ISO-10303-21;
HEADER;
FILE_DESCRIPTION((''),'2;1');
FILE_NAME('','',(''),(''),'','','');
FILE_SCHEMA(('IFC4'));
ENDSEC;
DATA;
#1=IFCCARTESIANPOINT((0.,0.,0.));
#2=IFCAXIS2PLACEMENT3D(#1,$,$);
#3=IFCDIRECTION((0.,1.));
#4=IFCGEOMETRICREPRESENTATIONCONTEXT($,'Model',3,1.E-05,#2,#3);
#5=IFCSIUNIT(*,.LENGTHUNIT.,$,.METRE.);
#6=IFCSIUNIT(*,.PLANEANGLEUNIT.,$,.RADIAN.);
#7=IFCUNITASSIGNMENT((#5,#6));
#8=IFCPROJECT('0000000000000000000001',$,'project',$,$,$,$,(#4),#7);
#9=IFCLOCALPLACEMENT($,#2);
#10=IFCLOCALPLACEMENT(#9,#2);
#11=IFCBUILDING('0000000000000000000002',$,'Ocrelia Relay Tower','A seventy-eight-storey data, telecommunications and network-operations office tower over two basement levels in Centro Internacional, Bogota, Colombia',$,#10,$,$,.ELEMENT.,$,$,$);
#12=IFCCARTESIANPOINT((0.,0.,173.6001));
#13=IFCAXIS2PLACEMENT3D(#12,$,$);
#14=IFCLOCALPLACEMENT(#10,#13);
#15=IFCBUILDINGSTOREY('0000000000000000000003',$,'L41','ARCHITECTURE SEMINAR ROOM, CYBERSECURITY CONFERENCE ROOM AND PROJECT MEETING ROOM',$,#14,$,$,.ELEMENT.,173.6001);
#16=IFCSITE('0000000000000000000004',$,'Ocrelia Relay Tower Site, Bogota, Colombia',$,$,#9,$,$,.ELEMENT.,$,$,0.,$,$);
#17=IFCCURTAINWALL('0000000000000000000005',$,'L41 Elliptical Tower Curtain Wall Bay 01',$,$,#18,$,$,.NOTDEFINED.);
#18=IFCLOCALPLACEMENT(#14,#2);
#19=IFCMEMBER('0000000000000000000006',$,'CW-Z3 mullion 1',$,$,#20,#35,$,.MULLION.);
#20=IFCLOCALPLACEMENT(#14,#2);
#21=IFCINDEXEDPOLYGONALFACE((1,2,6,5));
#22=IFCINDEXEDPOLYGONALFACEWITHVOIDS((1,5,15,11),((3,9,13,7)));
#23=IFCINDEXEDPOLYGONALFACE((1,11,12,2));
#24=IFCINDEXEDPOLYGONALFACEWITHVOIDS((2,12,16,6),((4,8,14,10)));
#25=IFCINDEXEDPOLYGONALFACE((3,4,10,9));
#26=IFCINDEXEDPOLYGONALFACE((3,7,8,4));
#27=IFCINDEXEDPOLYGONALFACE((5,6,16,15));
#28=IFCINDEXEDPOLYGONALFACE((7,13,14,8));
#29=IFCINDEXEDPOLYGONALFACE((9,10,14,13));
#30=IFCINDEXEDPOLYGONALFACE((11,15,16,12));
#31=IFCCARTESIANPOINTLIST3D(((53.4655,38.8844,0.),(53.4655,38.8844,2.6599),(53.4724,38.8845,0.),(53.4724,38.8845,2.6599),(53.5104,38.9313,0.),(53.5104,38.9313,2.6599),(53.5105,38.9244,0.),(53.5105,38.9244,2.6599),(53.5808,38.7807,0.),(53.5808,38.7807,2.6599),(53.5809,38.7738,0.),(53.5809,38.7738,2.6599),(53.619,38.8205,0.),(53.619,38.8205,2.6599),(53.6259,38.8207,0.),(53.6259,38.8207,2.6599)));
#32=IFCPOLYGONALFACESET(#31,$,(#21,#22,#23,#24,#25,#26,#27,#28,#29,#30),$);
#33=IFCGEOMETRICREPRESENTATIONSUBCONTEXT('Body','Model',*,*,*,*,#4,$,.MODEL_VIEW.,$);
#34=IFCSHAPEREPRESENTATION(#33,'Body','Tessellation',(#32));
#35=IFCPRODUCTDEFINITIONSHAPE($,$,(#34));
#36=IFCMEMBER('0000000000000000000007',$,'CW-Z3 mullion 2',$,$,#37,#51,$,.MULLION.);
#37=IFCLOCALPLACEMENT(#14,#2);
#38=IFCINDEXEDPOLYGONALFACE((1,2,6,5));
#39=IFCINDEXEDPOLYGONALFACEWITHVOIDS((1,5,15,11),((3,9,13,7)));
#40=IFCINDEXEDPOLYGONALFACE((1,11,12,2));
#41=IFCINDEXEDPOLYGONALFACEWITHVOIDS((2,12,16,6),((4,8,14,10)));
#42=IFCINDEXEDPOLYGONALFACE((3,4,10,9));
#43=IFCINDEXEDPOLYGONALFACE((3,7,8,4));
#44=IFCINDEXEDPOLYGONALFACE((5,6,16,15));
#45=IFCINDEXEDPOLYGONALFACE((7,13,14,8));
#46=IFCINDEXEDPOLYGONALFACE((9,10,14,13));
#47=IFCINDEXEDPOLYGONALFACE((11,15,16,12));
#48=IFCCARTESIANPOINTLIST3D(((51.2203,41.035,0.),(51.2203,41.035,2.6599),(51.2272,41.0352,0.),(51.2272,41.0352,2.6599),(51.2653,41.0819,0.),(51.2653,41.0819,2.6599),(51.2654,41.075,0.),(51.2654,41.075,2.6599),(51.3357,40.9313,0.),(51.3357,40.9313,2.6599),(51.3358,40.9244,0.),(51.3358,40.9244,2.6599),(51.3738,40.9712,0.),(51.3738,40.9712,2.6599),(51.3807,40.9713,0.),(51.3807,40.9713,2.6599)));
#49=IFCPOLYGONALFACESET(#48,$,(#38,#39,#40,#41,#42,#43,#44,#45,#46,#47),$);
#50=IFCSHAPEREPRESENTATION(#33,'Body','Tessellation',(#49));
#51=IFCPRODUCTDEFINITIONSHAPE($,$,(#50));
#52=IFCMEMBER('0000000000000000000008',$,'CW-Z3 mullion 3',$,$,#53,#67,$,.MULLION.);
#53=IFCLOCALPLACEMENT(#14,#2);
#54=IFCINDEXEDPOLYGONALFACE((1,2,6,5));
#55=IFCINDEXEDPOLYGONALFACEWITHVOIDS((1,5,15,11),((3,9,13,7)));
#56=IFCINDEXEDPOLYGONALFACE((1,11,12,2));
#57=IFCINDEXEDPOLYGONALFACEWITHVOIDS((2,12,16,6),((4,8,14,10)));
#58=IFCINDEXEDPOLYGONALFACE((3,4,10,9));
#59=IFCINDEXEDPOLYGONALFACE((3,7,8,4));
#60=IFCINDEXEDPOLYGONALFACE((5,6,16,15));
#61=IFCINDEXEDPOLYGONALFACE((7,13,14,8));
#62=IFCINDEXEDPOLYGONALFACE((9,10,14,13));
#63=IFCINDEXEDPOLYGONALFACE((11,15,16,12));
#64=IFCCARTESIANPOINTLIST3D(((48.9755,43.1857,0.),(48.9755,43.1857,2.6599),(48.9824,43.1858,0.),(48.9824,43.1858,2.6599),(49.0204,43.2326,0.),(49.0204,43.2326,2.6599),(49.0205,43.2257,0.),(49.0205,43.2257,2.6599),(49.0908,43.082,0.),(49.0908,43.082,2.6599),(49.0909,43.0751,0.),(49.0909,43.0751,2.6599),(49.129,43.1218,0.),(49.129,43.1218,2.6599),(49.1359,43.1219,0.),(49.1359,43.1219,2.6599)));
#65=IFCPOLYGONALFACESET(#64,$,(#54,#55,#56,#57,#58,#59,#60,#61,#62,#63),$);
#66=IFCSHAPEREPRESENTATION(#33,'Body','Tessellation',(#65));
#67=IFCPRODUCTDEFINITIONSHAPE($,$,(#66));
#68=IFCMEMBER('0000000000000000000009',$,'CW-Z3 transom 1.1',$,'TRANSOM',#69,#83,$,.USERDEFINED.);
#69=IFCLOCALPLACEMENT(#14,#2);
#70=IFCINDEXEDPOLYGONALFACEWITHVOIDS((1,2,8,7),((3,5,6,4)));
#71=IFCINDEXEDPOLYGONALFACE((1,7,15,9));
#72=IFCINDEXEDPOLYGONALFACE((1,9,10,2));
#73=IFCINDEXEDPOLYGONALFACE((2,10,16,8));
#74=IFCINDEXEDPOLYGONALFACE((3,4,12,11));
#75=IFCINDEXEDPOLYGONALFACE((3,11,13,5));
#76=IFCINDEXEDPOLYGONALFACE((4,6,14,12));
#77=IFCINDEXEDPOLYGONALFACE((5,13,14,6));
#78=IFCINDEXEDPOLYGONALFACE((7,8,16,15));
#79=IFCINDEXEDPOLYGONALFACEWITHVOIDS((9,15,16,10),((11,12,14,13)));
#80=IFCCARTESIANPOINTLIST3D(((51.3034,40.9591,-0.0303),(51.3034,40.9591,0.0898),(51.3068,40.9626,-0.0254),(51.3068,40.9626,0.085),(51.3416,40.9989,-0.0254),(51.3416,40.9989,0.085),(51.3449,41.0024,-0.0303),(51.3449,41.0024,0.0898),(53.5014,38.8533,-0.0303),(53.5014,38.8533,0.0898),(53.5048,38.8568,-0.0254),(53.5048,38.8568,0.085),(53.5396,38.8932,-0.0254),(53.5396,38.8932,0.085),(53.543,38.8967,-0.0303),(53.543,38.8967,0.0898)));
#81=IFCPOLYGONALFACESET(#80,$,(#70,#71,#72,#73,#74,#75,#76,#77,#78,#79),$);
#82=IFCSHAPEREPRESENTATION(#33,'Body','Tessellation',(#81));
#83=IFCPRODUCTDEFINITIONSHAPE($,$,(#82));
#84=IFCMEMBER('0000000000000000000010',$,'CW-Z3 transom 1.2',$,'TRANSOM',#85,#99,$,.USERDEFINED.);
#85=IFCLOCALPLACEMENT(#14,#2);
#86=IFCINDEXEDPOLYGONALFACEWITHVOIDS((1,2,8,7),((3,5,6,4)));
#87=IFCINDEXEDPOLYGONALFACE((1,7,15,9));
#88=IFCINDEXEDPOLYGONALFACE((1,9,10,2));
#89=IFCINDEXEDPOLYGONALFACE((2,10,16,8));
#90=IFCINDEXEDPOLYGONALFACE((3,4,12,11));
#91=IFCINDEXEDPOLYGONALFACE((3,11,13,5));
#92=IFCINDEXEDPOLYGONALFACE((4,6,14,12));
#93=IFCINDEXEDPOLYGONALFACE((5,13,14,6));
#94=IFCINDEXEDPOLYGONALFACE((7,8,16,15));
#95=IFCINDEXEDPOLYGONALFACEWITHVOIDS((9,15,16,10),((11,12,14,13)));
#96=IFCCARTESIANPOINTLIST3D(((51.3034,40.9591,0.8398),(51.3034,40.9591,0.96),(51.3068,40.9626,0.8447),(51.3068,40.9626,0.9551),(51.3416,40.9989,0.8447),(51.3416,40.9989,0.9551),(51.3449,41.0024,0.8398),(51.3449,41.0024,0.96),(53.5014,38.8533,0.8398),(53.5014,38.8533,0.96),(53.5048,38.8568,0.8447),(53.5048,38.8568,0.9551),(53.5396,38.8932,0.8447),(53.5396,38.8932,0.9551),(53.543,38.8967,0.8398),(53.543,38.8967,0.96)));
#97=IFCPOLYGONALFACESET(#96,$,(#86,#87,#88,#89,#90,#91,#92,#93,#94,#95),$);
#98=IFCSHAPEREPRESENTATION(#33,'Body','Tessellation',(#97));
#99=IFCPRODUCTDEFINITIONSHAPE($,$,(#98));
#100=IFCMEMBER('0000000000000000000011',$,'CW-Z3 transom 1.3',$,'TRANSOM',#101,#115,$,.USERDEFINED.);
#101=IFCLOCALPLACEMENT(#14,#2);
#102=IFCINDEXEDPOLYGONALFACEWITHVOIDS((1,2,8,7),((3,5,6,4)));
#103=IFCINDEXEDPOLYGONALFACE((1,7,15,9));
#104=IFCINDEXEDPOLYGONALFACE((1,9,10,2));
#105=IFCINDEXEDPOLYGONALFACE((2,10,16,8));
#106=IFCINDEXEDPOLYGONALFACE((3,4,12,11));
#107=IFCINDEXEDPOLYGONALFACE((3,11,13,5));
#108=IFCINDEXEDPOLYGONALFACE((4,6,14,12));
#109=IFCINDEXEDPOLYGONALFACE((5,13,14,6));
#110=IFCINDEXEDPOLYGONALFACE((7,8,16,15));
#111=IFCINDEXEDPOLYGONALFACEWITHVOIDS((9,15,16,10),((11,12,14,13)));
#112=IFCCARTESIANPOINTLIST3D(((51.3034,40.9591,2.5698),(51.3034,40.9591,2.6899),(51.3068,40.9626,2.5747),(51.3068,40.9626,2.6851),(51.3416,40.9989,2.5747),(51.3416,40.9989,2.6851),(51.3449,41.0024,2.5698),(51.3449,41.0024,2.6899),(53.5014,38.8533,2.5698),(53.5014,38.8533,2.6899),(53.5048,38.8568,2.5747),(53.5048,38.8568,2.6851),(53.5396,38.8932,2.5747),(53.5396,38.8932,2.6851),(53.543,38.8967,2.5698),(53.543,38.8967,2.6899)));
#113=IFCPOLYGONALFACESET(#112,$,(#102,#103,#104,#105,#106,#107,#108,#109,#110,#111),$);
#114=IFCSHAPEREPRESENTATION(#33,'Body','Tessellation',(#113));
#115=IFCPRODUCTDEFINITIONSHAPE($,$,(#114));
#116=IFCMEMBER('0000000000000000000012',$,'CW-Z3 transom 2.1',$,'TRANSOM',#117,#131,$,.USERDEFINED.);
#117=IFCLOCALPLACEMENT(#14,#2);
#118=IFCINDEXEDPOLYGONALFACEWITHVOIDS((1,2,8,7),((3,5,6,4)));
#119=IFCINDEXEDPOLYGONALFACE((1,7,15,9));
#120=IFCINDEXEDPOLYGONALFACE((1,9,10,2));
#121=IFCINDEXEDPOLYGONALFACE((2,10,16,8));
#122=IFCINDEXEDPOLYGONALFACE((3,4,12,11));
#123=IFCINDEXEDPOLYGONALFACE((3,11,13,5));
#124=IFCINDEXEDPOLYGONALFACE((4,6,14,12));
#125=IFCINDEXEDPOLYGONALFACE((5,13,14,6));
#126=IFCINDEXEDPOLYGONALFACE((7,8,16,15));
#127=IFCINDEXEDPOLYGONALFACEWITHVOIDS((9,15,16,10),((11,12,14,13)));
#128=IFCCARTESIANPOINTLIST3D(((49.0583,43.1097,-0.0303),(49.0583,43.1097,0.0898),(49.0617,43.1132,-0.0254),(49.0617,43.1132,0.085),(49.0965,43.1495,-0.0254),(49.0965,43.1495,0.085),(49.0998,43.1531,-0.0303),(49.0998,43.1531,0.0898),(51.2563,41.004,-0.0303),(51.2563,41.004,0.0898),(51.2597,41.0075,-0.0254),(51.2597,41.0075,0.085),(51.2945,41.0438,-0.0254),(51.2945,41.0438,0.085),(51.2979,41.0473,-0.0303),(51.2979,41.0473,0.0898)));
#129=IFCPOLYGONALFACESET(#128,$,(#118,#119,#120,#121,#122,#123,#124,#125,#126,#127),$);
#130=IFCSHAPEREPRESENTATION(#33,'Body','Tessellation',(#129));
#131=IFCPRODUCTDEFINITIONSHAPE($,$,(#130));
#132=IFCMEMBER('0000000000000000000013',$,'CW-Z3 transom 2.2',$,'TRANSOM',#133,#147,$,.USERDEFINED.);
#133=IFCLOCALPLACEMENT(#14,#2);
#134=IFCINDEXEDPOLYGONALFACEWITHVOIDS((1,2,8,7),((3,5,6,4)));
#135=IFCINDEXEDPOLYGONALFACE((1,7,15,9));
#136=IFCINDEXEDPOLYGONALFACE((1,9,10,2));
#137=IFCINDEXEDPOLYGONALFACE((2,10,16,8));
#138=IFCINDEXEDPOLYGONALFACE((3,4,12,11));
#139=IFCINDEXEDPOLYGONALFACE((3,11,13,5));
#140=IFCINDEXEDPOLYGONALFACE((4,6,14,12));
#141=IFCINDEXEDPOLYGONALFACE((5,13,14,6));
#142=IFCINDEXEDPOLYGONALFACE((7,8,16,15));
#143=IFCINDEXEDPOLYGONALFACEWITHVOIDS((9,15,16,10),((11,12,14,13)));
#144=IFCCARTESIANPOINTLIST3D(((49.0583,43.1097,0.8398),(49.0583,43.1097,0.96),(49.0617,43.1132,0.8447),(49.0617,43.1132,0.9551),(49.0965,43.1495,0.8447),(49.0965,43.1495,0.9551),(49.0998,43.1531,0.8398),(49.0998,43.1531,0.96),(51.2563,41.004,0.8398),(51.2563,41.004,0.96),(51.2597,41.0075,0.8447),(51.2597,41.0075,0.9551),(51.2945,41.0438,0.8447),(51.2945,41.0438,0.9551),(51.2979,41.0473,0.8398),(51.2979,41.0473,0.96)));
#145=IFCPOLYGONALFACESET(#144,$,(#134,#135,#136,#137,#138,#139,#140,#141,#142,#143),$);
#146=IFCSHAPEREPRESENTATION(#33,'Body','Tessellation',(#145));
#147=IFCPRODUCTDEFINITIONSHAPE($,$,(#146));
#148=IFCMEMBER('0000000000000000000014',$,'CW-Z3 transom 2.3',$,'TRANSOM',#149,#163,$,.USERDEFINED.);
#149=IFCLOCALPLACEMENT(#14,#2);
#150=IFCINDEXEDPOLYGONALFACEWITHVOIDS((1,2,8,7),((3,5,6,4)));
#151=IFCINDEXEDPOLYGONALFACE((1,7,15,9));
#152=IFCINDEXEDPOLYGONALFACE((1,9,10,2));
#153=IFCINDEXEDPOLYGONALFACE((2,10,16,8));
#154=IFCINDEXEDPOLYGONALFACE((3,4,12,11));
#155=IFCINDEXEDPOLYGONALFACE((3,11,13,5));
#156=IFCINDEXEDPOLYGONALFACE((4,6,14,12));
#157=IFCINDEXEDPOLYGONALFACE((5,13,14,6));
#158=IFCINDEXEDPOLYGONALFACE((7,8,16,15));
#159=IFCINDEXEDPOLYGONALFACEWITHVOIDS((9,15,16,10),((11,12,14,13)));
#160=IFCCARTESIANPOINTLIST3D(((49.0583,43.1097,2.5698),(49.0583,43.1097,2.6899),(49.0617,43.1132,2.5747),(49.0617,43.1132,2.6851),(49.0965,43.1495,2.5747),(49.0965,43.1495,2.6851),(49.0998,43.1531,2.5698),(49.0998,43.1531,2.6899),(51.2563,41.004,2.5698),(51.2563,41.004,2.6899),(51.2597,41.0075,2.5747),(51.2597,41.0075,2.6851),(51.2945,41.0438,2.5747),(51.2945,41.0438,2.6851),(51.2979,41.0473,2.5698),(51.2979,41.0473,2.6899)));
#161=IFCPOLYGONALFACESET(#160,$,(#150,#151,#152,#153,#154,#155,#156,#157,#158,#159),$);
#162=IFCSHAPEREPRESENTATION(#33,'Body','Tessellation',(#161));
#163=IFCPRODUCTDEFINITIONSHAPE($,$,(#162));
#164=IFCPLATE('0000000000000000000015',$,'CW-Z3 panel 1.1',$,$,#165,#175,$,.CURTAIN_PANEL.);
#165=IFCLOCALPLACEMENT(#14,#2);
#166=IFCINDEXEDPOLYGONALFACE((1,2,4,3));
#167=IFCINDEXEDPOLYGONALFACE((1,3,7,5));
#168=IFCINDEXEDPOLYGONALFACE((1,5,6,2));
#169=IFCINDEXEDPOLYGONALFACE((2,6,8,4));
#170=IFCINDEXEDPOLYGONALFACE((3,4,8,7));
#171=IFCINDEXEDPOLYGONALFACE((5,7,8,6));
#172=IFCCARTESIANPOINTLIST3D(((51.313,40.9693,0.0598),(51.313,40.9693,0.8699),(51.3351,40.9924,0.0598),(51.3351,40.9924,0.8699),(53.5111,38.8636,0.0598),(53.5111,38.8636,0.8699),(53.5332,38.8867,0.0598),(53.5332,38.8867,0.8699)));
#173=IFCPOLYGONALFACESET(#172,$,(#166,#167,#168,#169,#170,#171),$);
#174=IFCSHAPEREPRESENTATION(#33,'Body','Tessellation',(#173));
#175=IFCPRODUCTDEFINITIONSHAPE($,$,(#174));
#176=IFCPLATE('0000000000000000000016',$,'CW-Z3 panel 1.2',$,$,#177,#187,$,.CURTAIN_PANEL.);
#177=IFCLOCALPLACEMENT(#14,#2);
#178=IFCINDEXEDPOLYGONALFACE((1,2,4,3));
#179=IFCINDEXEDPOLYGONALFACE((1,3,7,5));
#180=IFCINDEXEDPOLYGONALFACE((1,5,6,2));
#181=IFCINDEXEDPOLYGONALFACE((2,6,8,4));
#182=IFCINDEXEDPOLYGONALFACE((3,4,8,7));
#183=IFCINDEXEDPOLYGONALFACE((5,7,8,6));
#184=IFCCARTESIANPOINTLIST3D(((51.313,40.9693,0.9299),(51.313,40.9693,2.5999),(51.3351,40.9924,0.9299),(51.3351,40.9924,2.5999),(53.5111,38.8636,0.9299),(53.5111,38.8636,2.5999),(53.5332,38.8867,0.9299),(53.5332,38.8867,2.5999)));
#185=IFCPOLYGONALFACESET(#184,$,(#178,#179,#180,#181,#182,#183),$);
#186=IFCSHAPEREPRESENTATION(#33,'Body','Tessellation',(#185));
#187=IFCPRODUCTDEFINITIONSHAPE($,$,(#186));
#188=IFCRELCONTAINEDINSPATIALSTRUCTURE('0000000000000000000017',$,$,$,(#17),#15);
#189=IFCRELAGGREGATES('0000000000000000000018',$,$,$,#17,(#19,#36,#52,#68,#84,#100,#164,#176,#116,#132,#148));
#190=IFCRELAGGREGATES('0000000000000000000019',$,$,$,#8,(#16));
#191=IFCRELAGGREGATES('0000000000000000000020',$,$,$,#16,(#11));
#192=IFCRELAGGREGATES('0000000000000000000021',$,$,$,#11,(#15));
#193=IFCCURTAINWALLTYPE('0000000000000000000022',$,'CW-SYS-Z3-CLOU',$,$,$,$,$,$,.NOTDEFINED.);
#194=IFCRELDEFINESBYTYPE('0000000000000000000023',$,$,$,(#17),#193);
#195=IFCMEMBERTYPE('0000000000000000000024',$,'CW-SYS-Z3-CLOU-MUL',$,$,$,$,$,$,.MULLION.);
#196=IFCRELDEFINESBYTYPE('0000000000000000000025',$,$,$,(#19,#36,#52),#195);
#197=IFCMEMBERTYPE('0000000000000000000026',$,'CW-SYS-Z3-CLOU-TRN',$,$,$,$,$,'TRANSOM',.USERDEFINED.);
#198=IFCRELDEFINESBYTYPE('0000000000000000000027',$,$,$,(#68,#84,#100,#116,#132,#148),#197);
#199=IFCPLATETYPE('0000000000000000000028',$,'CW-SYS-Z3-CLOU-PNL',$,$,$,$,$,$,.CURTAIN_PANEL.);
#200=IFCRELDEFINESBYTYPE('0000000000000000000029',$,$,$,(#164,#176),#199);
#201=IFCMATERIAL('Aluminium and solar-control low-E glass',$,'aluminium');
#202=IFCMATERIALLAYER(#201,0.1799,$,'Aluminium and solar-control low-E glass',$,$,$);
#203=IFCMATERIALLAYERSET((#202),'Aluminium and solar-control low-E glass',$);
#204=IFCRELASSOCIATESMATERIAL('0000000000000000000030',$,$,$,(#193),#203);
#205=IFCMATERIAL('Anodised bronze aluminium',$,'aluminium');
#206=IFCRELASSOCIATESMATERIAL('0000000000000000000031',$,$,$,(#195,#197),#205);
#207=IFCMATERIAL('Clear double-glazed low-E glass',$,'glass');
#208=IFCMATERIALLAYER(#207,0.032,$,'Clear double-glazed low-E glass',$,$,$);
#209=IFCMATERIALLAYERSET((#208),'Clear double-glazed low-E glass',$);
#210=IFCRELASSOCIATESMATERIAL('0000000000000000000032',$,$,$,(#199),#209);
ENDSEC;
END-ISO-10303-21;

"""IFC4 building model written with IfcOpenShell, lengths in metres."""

from ifc_helpers import new_model, si_unit, direction, frame, origin, origin_2d, place, context, subcontext, project, spatial, rectangle, hollow_rectangle, extrude, material, layer, layer_set, material_profile, profile_set, type_object, element, aggregate, save


model = new_model("IFC4")

# Units and contexts
model_context = context("Model", 3, precision=1e-05, world=origin(), true_north=direction((0.0, 1.0)))
body_context = subcontext(model_context, "Body", "Model", "MODEL_VIEW")
ifc_project = project(units=[si_unit("LENGTHUNIT", "METRE"), si_unit("PLANEANGLEUNIT", "RADIAN")], contexts=[model_context])

# Site, building, storey
site_placement = place(None, origin())
site = spatial("IfcSite", under=ifc_project, at=site_placement, Name="Ocrelia Relay Tower Site, Bogota, Colombia", CompositionType="ELEMENT", RefElevation=0.0)
building_placement = place(site_placement, origin())
building = spatial("IfcBuilding", under=site, at=building_placement, Name="Ocrelia Relay Tower", Description="A seventy-eight-storey data, telecommunications and network-operations office tower over two basement levels in Centro Internacional, Bogota, Colombia", CompositionType="ELEMENT")
storey_placement = place(building_placement, frame((0.0, 0.0, 173.6001)))
storey = spatial("IfcBuildingStorey", under=building, at=storey_placement, Name="L41", Description="ARCHITECTURE SEMINAR ROOM, CYBERSECURITY CONFERENCE ROOM AND PROJECT MEETING ROOM", CompositionType="ELEMENT", Elevation=173.6001)

# Curtain wall, members, plates
ifc_material_1 = material(Name="Aluminium and solar-control low-E glass", Category="aluminium")
ifc_layer_1 = layer(ifc_material_1, 0.1799, Name="Aluminium and solar-control low-E glass")
ifc_layer_set_1 = layer_set([ifc_layer_1], Name="Aluminium and solar-control low-E glass")
curtain_wall_type = type_object("IfcCurtainWallType", Name="CW-SYS-Z3-CLOU", PredefinedType="NOTDEFINED", material=ifc_layer_set_1)
curtain_wall_placement = place(storey_placement, origin())
curtain_wall = element("IfcCurtainWall", 1, at=curtain_wall_placement, inside=storey, type_object=curtain_wall_type, Name="L41 Elliptical Tower Curtain Wall Bay 01", PredefinedType="NOTDEFINED")
ifc_material_2 = material(Name="Anodised bronze aluminium", Category="aluminium")
ifc_material_profile_1 = material_profile(ifc_material_2, hollow_rectangle(XDim=0.0649, YDim=0.1599, WallThickness=0.0049, at=origin_2d()), Name="CW-MUL-160x65")
ifc_profile_set_1 = profile_set([ifc_material_profile_1], Name="Anodised bronze aluminium")
member_type_1 = type_object("IfcMemberType", Name="CW-SYS-Z3-CLOU-MUL", PredefinedType="MULLION", material=ifc_profile_set_1)
member_1_placement = place(storey_placement, frame((53.5457, 38.8525, 0.0), z_axis=(0.0, 0.0, 1.0), x_axis=(-0.691759, -0.722128, 0.0)))
member_1 = element("IfcMember", 2, at=member_1_placement, type_object=member_type_1, Name="CW-Z3 mullion 1", PredefinedType="MULLION", context=body_context, shape_type="SweptSolid", body=[
    extrude(hollow_rectangle(XDim=0.0649, YDim=0.1599, WallThickness=0.0049, at=origin_2d()), origin(), (0.0, 0.0, 1.0), 2.6599),
])
member_2_placement = place(storey_placement, frame((51.3005, 41.0032, 0.0), z_axis=(0.0, 0.0, 1.0), x_axis=(-0.691759, -0.722128, 0.0)))
member_2 = element("IfcMember", 3, at=member_2_placement, type_object=member_type_1, Name="CW-Z3 mullion 2", PredefinedType="MULLION", context=body_context, shape_type="SweptSolid", body=[
    extrude(hollow_rectangle(XDim=0.0649, YDim=0.1599, WallThickness=0.0049, at=origin_2d()), origin(), (0.0, 0.0, 1.0), 2.6599),
])
member_3_placement = place(storey_placement, frame((49.0557, 43.1538, 0.0), z_axis=(0.0, 0.0, 1.0), x_axis=(-0.691759, -0.722128, 0.0)))
member_3 = element("IfcMember", 4, at=member_3_placement, type_object=member_type_1, Name="CW-Z3 mullion 3", PredefinedType="MULLION", context=body_context, shape_type="SweptSolid", body=[
    extrude(hollow_rectangle(XDim=0.0649, YDim=0.1599, WallThickness=0.0049, at=origin_2d()), origin(), (0.0, 0.0, 1.0), 2.6599),
])
ifc_material_profile_2 = material_profile(ifc_material_2, hollow_rectangle(XDim=0.0601, YDim=0.1201, WallThickness=0.0049, at=origin_2d()), Name="CW-TRN-120x60")
ifc_profile_set_2 = profile_set([ifc_material_profile_2], Name="Anodised bronze aluminium")
member_type_2 = type_object("IfcMemberType", Name="CW-SYS-Z3-CLOU-TRN", ElementType="TRANSOM", PredefinedType="USERDEFINED", material=ifc_profile_set_2)
member_4_placement = place(storey_placement, frame((53.5222, 38.875, 0.0298), z_axis=(-0.722103, 0.691785, 0.0), x_axis=(-0.691785, -0.722103, 0.0)))
member_4 = element("IfcMember", 5, at=member_4_placement, type_object=member_type_2, Name="CW-Z3 transom 1.1", ObjectType="TRANSOM", PredefinedType="USERDEFINED", context=body_context, shape_type="SweptSolid", body=[
    extrude(hollow_rectangle(XDim=0.0601, YDim=0.1201, WallThickness=0.0049, at=origin_2d()), origin(), (0.0, 0.0, 1.0), 3.0439),
])
member_5_placement = place(storey_placement, frame((53.5222, 38.875, 0.8999), z_axis=(-0.722103, 0.691785, 0.0), x_axis=(-0.691785, -0.722103, 0.0)))
member_5 = element("IfcMember", 6, at=member_5_placement, type_object=member_type_2, Name="CW-Z3 transom 1.2", ObjectType="TRANSOM", PredefinedType="USERDEFINED", context=body_context, shape_type="SweptSolid", body=[
    extrude(hollow_rectangle(XDim=0.0601, YDim=0.1201, WallThickness=0.0049, at=origin_2d()), origin(), (0.0, 0.0, 1.0), 3.0439),
])
member_6_placement = place(storey_placement, frame((53.5222, 38.875, 2.6299), z_axis=(-0.722103, 0.691785, 0.0), x_axis=(-0.691785, -0.722103, 0.0)))
member_6 = element("IfcMember", 7, at=member_6_placement, type_object=member_type_2, Name="CW-Z3 transom 1.3", ObjectType="TRANSOM", PredefinedType="USERDEFINED", context=body_context, shape_type="SweptSolid", body=[
    extrude(hollow_rectangle(XDim=0.0601, YDim=0.1201, WallThickness=0.0049, at=origin_2d()), origin(), (0.0, 0.0, 1.0), 3.0439),
])
member_7_placement = place(storey_placement, frame((51.2771, 41.0256, 0.0298), z_axis=(-0.722103, 0.691785, 0.0), x_axis=(-0.691785, -0.722103, 0.0)))
member_7 = element("IfcMember", 8, at=member_7_placement, type_object=member_type_2, Name="CW-Z3 transom 2.1", ObjectType="TRANSOM", PredefinedType="USERDEFINED", context=body_context, shape_type="SweptSolid", body=[
    extrude(hollow_rectangle(XDim=0.0601, YDim=0.1201, WallThickness=0.0049, at=origin_2d()), origin(), (0.0, 0.0, 1.0), 3.0439),
])
member_8_placement = place(storey_placement, frame((51.2771, 41.0256, 0.8999), z_axis=(-0.722103, 0.691785, 0.0), x_axis=(-0.691785, -0.722103, 0.0)))
member_8 = element("IfcMember", 9, at=member_8_placement, type_object=member_type_2, Name="CW-Z3 transom 2.2", ObjectType="TRANSOM", PredefinedType="USERDEFINED", context=body_context, shape_type="SweptSolid", body=[
    extrude(hollow_rectangle(XDim=0.0601, YDim=0.1201, WallThickness=0.0049, at=origin_2d()), origin(), (0.0, 0.0, 1.0), 3.0439),
])
member_9_placement = place(storey_placement, frame((51.2771, 41.0256, 2.6299), z_axis=(-0.722103, 0.691785, 0.0), x_axis=(-0.691785, -0.722103, 0.0)))
member_9 = element("IfcMember", 10, at=member_9_placement, type_object=member_type_2, Name="CW-Z3 transom 2.3", ObjectType="TRANSOM", PredefinedType="USERDEFINED", context=body_context, shape_type="SweptSolid", body=[
    extrude(hollow_rectangle(XDim=0.0601, YDim=0.1201, WallThickness=0.0049, at=origin_2d()), origin(), (0.0, 0.0, 1.0), 3.0439),
])
ifc_material_3 = material(Name="Clear double-glazed low-E glass", Category="glass")
ifc_layer_2 = layer(ifc_material_3, 0.032, Name="Clear double-glazed low-E glass")
ifc_layer_set_2 = layer_set([ifc_layer_2], Name="Clear double-glazed low-E glass")
plate_type = type_object("IfcPlateType", Name="CW-SYS-Z3-CLOU-PNL", PredefinedType="CURTAIN_PANEL", material=ifc_layer_set_2)
plate_1_placement = place(storey_placement, frame((52.4231, 39.928, 0.0598), z_axis=(0.0, 0.0, 1.0), x_axis=(-0.722128, 0.691759, 0.0)))
plate_1 = element("IfcPlate", 11, at=plate_1_placement, type_object=plate_type, Name="CW-Z3 panel 1.1", PredefinedType="CURTAIN_PANEL", context=body_context, shape_type="SweptSolid", body=[
    extrude(rectangle(XDim=3.0439, YDim=0.032, at=origin_2d()), origin(), (0.0, 0.0, 1.0), 0.8101),
])
plate_2_placement = place(storey_placement, frame((52.4231, 39.928, 0.9299), z_axis=(0.0, 0.0, 1.0), x_axis=(-0.722128, 0.691759, 0.0)))
plate_2 = element("IfcPlate", 12, at=plate_2_placement, type_object=plate_type, Name="CW-Z3 panel 1.2", PredefinedType="CURTAIN_PANEL", context=body_context, shape_type="SweptSolid", body=[
    extrude(rectangle(XDim=3.0439, YDim=0.032, at=origin_2d()), origin(), (0.0, 0.0, 1.0), 1.6699),
])
aggregate(curtain_wall, [member_1, member_2, member_3, member_4, member_5, member_6, plate_1, plate_2, member_7, member_8, member_9])

save(model, "model.ifc")
